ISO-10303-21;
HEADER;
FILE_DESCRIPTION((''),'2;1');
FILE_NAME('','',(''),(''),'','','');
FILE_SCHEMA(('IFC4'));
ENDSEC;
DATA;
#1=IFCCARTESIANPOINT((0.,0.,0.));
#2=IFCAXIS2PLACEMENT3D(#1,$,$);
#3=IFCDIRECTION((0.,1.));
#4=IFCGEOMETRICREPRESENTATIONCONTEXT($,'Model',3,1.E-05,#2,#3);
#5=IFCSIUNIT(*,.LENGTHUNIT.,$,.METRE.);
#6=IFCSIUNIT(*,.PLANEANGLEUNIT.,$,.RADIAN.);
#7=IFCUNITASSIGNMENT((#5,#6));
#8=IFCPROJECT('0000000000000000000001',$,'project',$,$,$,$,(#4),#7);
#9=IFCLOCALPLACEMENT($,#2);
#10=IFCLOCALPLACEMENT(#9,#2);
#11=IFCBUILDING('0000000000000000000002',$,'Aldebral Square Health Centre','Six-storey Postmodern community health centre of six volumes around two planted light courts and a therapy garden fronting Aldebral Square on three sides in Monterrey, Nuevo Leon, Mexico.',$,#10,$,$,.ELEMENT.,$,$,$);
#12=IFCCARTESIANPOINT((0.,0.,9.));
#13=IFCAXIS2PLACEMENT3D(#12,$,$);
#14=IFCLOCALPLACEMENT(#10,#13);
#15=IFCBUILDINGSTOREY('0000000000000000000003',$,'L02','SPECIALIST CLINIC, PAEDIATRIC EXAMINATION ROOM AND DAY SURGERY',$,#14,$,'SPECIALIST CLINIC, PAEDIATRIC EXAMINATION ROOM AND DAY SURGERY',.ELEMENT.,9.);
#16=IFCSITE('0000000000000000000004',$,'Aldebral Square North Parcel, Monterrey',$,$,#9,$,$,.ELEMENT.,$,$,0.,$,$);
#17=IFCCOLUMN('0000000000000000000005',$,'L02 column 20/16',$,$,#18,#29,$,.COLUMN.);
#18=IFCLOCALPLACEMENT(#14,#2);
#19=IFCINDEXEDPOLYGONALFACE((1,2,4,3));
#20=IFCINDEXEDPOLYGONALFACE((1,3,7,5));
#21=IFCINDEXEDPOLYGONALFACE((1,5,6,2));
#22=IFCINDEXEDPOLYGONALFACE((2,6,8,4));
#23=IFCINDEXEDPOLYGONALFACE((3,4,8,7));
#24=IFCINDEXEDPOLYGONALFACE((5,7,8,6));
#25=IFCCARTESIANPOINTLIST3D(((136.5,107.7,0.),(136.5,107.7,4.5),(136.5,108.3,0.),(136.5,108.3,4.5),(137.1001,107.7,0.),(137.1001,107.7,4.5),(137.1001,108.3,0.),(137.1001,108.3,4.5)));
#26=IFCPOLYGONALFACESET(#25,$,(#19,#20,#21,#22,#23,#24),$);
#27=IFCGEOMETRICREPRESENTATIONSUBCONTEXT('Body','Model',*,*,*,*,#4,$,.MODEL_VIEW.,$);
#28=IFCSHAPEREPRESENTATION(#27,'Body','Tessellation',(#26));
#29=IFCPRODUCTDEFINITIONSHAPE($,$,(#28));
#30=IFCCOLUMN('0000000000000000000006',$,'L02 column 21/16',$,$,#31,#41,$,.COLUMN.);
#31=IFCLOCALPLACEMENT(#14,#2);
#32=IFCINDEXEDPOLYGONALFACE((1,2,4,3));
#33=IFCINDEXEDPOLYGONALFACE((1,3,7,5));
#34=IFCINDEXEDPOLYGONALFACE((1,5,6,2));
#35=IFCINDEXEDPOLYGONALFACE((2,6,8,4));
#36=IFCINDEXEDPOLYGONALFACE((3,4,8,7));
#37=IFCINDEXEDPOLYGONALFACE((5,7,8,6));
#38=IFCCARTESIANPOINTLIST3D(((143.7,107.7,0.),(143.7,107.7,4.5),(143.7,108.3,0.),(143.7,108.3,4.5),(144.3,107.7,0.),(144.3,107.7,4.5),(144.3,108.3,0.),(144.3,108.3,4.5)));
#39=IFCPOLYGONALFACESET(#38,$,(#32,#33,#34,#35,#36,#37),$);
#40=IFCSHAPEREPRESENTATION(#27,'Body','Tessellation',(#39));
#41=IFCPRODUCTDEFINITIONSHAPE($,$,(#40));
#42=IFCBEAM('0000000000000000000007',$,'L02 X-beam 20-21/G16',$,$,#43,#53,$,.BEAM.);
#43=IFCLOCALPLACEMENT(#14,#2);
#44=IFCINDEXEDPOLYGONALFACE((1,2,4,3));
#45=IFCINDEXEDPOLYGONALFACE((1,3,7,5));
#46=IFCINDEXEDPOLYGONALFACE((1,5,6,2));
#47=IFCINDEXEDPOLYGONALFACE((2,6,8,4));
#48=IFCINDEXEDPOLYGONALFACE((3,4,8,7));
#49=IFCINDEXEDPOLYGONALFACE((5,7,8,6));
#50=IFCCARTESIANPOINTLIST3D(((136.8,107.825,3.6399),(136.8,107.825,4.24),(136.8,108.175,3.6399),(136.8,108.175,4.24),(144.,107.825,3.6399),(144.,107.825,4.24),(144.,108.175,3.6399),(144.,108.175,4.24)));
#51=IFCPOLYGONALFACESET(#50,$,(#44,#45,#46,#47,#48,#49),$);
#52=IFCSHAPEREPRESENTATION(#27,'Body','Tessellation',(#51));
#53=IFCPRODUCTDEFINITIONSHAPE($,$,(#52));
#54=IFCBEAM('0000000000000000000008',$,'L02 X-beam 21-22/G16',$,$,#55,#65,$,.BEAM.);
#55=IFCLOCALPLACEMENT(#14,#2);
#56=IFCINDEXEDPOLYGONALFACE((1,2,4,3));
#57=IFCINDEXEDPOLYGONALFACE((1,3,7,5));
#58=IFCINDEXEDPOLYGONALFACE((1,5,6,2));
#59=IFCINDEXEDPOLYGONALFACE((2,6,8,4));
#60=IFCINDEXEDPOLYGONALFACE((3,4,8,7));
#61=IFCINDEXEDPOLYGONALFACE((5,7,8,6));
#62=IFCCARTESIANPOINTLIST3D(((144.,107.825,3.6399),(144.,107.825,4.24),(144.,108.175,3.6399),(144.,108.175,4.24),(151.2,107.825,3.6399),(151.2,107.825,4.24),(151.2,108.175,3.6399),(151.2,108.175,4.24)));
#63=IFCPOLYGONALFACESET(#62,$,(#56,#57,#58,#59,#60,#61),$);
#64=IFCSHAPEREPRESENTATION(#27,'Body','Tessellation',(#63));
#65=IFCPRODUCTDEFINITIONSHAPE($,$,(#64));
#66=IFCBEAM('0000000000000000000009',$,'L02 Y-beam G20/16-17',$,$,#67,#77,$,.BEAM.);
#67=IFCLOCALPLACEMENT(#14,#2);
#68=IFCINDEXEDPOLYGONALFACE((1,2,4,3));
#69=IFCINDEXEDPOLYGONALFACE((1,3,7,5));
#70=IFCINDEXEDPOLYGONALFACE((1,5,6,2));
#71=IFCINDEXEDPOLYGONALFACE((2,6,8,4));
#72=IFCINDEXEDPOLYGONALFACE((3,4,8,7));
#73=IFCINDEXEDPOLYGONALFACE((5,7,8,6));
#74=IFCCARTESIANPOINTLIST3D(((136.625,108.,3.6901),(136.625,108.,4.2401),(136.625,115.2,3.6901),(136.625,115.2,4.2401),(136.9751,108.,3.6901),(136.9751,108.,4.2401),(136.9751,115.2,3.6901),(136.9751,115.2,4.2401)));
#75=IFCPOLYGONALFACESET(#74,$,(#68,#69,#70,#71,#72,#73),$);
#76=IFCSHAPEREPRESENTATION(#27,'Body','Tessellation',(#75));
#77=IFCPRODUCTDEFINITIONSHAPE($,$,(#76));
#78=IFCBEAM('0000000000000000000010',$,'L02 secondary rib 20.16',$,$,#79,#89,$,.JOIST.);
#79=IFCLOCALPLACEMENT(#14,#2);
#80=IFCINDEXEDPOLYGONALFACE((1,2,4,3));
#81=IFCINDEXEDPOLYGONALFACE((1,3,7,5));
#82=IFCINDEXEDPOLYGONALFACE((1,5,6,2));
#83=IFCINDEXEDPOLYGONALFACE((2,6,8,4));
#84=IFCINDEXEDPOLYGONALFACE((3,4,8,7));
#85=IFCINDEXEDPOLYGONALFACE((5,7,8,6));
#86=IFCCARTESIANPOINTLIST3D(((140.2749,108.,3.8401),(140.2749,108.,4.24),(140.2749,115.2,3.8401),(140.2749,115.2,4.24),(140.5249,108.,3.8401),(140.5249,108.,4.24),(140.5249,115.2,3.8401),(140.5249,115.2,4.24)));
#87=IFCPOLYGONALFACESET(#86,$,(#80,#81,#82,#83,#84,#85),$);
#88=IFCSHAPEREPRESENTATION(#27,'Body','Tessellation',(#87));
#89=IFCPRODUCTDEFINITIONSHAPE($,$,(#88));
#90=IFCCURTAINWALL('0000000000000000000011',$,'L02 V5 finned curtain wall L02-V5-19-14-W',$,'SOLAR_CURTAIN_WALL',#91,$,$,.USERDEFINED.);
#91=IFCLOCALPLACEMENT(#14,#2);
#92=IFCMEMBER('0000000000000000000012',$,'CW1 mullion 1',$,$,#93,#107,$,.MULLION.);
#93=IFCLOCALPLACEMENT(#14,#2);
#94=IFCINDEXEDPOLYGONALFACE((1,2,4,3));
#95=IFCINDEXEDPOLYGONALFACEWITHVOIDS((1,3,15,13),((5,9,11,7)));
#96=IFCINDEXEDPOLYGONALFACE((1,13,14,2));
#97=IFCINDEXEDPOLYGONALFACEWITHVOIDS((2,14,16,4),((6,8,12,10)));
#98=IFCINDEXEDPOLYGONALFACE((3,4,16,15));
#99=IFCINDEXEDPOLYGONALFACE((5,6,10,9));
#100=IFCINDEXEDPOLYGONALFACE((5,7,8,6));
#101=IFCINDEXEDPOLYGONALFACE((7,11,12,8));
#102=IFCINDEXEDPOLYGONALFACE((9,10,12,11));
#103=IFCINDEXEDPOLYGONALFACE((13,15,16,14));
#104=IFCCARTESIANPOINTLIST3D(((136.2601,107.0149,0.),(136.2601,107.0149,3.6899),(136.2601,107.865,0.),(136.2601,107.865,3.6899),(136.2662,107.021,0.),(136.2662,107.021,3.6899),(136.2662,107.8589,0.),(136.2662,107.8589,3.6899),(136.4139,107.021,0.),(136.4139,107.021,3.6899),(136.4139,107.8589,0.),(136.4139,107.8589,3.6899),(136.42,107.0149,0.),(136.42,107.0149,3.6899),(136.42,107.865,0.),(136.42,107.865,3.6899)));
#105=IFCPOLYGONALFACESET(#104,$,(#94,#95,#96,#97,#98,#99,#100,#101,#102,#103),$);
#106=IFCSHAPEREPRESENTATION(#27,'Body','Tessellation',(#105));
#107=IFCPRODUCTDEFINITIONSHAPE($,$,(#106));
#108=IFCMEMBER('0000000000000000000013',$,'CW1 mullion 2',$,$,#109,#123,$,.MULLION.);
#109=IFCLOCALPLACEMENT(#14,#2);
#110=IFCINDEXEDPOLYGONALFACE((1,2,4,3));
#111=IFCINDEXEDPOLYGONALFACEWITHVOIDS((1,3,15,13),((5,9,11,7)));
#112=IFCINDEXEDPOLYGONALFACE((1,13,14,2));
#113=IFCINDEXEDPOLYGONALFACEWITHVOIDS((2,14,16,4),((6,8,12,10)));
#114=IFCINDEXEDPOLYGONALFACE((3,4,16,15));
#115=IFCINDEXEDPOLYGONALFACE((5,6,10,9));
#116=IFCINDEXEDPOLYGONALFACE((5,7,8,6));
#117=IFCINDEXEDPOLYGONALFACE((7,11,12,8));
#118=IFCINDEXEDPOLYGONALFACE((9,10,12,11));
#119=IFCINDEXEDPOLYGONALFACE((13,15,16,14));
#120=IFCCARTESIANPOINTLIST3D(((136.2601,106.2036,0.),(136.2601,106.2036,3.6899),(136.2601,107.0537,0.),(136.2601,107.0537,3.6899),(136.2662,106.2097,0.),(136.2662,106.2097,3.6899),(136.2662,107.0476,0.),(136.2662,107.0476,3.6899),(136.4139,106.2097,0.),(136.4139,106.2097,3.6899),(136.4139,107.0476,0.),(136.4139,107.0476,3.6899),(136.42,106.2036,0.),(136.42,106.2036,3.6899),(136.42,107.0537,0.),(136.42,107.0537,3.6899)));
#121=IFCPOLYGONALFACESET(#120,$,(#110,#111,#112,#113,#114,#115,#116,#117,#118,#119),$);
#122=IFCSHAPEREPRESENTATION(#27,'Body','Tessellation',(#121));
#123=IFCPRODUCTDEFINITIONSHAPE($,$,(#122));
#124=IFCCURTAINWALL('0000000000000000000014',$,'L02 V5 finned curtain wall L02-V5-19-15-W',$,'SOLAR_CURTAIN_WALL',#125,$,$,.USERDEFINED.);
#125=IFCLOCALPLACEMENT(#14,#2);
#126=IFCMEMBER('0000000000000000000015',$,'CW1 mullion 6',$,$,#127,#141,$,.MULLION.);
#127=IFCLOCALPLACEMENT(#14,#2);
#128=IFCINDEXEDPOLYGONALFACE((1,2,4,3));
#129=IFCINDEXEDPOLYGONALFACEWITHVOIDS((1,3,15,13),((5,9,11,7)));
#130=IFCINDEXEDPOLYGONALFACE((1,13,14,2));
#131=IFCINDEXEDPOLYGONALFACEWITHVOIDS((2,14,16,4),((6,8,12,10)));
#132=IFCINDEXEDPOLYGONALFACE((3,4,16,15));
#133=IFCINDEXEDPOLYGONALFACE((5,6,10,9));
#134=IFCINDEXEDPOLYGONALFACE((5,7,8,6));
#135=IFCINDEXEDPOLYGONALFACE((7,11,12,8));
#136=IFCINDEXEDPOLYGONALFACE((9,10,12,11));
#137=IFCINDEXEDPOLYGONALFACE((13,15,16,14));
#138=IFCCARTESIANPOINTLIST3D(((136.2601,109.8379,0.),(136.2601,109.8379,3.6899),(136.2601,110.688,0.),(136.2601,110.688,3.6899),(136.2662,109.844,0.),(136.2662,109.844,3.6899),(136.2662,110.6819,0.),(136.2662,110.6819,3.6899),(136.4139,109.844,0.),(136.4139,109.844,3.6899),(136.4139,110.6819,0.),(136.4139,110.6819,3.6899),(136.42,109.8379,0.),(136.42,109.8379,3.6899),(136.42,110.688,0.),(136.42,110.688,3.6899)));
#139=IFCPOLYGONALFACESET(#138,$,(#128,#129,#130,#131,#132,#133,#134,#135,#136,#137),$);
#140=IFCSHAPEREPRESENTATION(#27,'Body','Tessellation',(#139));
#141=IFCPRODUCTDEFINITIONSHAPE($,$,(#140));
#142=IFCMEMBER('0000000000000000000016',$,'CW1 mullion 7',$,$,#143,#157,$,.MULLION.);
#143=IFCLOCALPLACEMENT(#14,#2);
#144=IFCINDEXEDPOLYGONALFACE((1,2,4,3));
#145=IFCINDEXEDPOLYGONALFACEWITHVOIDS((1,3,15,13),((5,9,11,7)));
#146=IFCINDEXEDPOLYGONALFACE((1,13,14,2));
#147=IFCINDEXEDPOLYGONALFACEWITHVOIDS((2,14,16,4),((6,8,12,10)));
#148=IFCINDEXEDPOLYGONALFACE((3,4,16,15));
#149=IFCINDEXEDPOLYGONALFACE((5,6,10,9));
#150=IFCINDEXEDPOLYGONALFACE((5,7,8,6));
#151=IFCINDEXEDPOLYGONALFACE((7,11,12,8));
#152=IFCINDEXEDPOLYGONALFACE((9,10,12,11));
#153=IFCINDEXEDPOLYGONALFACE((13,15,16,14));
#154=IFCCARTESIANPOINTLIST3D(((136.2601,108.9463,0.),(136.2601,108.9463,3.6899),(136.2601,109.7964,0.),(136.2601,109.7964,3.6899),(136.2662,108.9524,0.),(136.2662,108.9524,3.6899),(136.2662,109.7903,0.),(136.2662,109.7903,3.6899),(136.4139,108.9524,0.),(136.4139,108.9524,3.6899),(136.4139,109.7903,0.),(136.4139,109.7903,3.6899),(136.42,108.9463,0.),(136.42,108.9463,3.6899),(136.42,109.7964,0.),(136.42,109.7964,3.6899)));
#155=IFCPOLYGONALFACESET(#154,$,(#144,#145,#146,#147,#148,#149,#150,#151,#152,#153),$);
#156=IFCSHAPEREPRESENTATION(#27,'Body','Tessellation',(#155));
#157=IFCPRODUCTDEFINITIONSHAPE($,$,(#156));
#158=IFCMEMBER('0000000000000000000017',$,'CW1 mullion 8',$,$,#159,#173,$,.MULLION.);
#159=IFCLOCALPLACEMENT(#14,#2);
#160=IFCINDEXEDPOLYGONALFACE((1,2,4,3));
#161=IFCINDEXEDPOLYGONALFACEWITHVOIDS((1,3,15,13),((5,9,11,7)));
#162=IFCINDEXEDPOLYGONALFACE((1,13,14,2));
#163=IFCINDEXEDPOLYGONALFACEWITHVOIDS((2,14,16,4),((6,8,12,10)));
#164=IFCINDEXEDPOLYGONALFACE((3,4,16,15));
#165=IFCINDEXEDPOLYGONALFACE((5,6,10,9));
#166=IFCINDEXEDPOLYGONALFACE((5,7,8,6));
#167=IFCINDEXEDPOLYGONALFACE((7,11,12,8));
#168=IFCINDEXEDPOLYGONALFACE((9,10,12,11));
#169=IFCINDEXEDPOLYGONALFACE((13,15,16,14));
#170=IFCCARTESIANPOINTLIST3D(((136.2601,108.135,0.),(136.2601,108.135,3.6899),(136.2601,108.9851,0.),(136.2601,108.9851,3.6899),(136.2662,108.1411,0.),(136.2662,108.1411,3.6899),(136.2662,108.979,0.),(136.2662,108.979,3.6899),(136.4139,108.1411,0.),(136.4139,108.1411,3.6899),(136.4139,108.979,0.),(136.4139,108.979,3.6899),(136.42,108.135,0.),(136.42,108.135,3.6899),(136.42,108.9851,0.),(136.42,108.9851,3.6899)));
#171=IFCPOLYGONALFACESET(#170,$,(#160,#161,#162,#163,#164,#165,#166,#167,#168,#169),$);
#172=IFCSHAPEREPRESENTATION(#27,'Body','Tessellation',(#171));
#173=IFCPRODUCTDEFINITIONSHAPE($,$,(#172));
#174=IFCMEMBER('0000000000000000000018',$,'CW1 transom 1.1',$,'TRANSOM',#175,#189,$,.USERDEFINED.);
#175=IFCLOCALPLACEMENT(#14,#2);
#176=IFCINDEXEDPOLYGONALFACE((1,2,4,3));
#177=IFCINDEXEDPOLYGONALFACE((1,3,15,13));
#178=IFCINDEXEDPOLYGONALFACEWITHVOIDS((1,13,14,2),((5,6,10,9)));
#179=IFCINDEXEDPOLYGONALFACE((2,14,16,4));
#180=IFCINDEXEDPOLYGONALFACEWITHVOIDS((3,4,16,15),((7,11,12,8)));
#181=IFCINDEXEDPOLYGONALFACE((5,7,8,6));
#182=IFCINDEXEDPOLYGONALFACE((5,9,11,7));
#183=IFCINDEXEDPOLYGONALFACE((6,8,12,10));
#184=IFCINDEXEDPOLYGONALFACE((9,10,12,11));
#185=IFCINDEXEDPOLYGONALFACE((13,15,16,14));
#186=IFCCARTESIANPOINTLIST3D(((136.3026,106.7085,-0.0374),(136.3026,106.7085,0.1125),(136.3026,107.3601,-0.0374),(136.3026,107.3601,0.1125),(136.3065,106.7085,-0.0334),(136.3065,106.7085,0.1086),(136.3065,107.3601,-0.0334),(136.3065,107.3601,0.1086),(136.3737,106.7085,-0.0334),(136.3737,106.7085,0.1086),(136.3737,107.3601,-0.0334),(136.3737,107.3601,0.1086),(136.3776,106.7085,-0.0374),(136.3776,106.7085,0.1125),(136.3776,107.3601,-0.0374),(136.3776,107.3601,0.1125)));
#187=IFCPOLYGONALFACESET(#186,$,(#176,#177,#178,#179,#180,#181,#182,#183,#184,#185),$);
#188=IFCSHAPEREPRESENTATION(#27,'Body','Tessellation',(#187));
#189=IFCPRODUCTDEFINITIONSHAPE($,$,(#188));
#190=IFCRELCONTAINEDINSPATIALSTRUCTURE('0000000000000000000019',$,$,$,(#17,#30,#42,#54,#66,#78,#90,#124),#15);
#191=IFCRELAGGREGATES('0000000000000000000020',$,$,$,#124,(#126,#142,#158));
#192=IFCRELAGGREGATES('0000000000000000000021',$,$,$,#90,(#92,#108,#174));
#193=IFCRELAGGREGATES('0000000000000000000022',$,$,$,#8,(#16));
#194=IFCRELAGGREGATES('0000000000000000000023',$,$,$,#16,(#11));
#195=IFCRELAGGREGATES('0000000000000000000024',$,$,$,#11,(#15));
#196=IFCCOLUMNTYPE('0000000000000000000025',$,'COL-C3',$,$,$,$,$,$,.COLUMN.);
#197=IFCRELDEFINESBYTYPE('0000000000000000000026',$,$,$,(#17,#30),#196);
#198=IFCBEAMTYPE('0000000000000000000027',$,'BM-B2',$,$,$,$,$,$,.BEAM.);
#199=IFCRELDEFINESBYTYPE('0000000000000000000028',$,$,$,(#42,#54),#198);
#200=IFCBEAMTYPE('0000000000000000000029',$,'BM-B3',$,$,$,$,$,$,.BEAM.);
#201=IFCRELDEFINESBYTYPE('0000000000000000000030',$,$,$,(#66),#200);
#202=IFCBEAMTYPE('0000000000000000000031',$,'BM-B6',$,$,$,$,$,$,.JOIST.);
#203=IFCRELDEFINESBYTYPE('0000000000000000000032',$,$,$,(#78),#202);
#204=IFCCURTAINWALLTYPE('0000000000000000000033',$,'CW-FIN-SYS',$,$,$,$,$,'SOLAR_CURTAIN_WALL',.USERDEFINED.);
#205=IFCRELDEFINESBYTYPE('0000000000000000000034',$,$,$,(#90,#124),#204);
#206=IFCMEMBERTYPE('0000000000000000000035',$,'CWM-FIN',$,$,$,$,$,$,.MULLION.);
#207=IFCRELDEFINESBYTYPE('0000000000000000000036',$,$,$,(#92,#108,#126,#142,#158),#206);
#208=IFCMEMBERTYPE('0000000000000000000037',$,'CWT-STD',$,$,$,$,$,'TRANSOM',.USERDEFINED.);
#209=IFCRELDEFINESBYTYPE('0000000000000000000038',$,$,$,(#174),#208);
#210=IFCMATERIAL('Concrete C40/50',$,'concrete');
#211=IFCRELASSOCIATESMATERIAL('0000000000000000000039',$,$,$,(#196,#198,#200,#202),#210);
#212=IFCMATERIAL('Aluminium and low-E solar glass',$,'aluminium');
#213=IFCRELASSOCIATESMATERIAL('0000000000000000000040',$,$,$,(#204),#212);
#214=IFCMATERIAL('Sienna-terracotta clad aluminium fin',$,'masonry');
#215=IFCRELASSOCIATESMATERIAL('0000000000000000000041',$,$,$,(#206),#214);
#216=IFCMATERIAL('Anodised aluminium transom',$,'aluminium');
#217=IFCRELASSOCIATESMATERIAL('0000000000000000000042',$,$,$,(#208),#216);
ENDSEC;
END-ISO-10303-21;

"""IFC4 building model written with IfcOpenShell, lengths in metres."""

from ifc_helpers import new_model, si_unit, direction, frame, origin, origin_2d, place, context, subcontext, project, spatial, rectangle, hollow_rectangle, extrude, material, material_profile, profile_set, type_object, element, aggregate, save


model = new_model("IFC4")

# Units and contexts
model_context = context("Model", 3, precision=1e-05, world=origin(), true_north=direction((0.0, 1.0)))
body_context = subcontext(model_context, "Body", "Model", "MODEL_VIEW")
ifc_project = project(units=[si_unit("LENGTHUNIT", "METRE"), si_unit("PLANEANGLEUNIT", "RADIAN")], contexts=[model_context])

# Site, building, storey
site_placement = place(None, origin())
site = spatial("IfcSite", under=ifc_project, at=site_placement, Name="Aldebral Square North Parcel, Monterrey", CompositionType="ELEMENT", RefElevation=0.0)
building_placement = place(site_placement, origin())
building = spatial("IfcBuilding", under=site, at=building_placement, Name="Aldebral Square Health Centre", Description="Six-storey Postmodern community health centre of six volumes around two planted light courts and a therapy garden fronting Aldebral Square on three sides in Monterrey, Nuevo Leon, Mexico.", CompositionType="ELEMENT")
storey_placement = place(building_placement, frame((0.0, 0.0, 9.0)))
storey = spatial("IfcBuildingStorey", under=building, at=storey_placement, Name="L02", Description="SPECIALIST CLINIC, PAEDIATRIC EXAMINATION ROOM AND DAY SURGERY", LongName="SPECIALIST CLINIC, PAEDIATRIC EXAMINATION ROOM AND DAY SURGERY", CompositionType="ELEMENT", Elevation=9.0)

# Columns
ifc_material_1 = material(Name="Concrete C40/50", Category="concrete")
ifc_material_profile_1 = material_profile(ifc_material_1, rectangle(XDim=0.6001, YDim=0.6001, at=origin_2d()), Name="RC 600x600")
ifc_profile_set_1 = profile_set([ifc_material_profile_1], Name="Concrete C40/50")
column_type = type_object("IfcColumnType", Name="COL-C3", PredefinedType="COLUMN", material=ifc_profile_set_1)
for number, where, z_axis, x_axis, name in (
    (1, (136.8, 108.0, 0.0), (0.0, 0.0, 1.0), (1.0, 0.0, 0.0), "L02 column 20/16"),
    (2, (144.0, 108.0, 0.0), (0.0, 0.0, 1.0), (1.0, 0.0, 0.0), "L02 column 21/16"),
):
    element("IfcColumn", number, at=place(storey_placement, frame(where, z_axis=z_axis, x_axis=x_axis)), inside=storey, type_object=column_type, Name=name, PredefinedType="COLUMN", context=body_context, shape_type="SweptSolid", body=[
        extrude(rectangle(XDim=0.6001, YDim=0.6001, at=origin_2d()), origin(), (0.0, 0.0, 1.0), 4.5),
    ])

# Beams
ifc_material_profile_2 = material_profile(ifc_material_1, rectangle(XDim=0.3501, YDim=0.6001, at=origin_2d()), Name="RC 350x600")
ifc_profile_set_2 = profile_set([ifc_material_profile_2], Name="Concrete C40/50")
beam_type_1 = type_object("IfcBeamType", Name="BM-B2", PredefinedType="BEAM", material=ifc_profile_set_2)
for number, where, z_axis, x_axis, name in (
    (3, (136.8, 108.0, 3.9399), (1.0, 0.0, 0.0), (0.0, 1.0, 0.0), "L02 X-beam 20-21/G16"),
    (4, (144.0, 108.0, 3.9399), (1.0, 0.0, 0.0), (0.0, 1.0, 0.0), "L02 X-beam 21-22/G16"),
):
    element("IfcBeam", number, at=place(storey_placement, frame(where, z_axis=z_axis, x_axis=x_axis)), inside=storey, type_object=beam_type_1, Name=name, PredefinedType="BEAM", context=body_context, shape_type="SweptSolid", body=[
        extrude(rectangle(XDim=0.3501, YDim=0.6001, at=origin_2d()), origin(), (0.0, 0.0, 1.0), 7.2),
    ])
ifc_material_profile_3 = material_profile(ifc_material_1, rectangle(XDim=0.3501, YDim=0.55, at=origin_2d()), Name="RC 350x550")
ifc_profile_set_3 = profile_set([ifc_material_profile_3], Name="Concrete C40/50")
beam_type_2 = type_object("IfcBeamType", Name="BM-B3", PredefinedType="BEAM", material=ifc_profile_set_3)
beam_1_placement = place(storey_placement, frame((136.8, 108.0, 3.9651), z_axis=(0.0, 1.0, 0.0), x_axis=(-1.0, 0.0, 0.0)))
element("IfcBeam", 5, at=beam_1_placement, inside=storey, type_object=beam_type_2, Name="L02 Y-beam G20/16-17", PredefinedType="BEAM", context=body_context, shape_type="SweptSolid", body=[
    extrude(rectangle(XDim=0.3501, YDim=0.55, at=origin_2d()), origin(), (0.0, 0.0, 1.0), 7.2),
])
ifc_material_profile_4 = material_profile(ifc_material_1, rectangle(XDim=0.25, YDim=0.3999, at=origin_2d()), Name="RC 250x400")
ifc_profile_set_4 = profile_set([ifc_material_profile_4], Name="Concrete C40/50")
beam_type_3 = type_object("IfcBeamType", Name="BM-B6", PredefinedType="JOIST", material=ifc_profile_set_4)
beam_2_placement = place(storey_placement, frame((140.3999, 108.0, 4.04), z_axis=(0.0, 1.0, 0.0), x_axis=(-1.0, 0.0, 0.0)))
element("IfcBeam", 6, at=beam_2_placement, inside=storey, type_object=beam_type_3, Name="L02 secondary rib 20.16", PredefinedType="JOIST", context=body_context, shape_type="SweptSolid", body=[
    extrude(rectangle(XDim=0.25, YDim=0.3999, at=origin_2d()), origin(), (0.0, 0.0, 1.0), 7.2),
])

# Curtain walls, members
ifc_material_2 = material(Name="Aluminium and low-E solar glass", Category="aluminium")
curtain_wall_type = type_object("IfcCurtainWallType", Name="CW-FIN-SYS", ElementType="SOLAR_CURTAIN_WALL", PredefinedType="USERDEFINED", material=ifc_material_2)
curtain_wall_1_placement = place(storey_placement, origin())
curtain_wall_1 = element("IfcCurtainWall", 7, at=curtain_wall_1_placement, inside=storey, type_object=curtain_wall_type, Name="L02 V5 finned curtain wall L02-V5-19-14-W", ObjectType="SOLAR_CURTAIN_WALL", PredefinedType="USERDEFINED")
ifc_material_3 = material(Name="Sienna-terracotta clad aluminium fin", Category="masonry")
ifc_material_profile_5 = material_profile(ifc_material_3, hollow_rectangle(XDim=0.1599, YDim=0.8501, WallThickness=0.0061, at=origin_2d()), Name="FIN 160x850x6")
ifc_profile_set_5 = profile_set([ifc_material_profile_5], Name="Sienna-terracotta clad aluminium fin")
member_type_1 = type_object("IfcMemberType", Name="CWM-FIN", PredefinedType="MULLION", material=ifc_profile_set_5)
member_1_placement = place(storey_placement, frame((136.3401, 107.4399, 0.0), z_axis=(0.0, 0.0, 1.0), x_axis=(1.0, 0.0, 0.0)))
member_1 = element("IfcMember", 8, at=member_1_placement, type_object=member_type_1, Name="CW1 mullion 1", PredefinedType="MULLION", context=body_context, shape_type="SweptSolid", body=[
    extrude(hollow_rectangle(XDim=0.1599, YDim=0.8501, WallThickness=0.0061, at=origin_2d()), origin(), (0.0, 0.0, 1.0), 3.6899),
])
member_2_placement = place(storey_placement, frame((136.3401, 106.6287, 0.0), z_axis=(0.0, 0.0, 1.0), x_axis=(1.0, 0.0, 0.0)))
member_2 = element("IfcMember", 9, at=member_2_placement, type_object=member_type_1, Name="CW1 mullion 2", PredefinedType="MULLION", context=body_context, shape_type="SweptSolid", body=[
    extrude(hollow_rectangle(XDim=0.1599, YDim=0.8501, WallThickness=0.0061, at=origin_2d()), origin(), (0.0, 0.0, 1.0), 3.6899),
])
curtain_wall_2_placement = place(storey_placement, origin())
curtain_wall_2 = element("IfcCurtainWall", 10, at=curtain_wall_2_placement, inside=storey, type_object=curtain_wall_type, Name="L02 V5 finned curtain wall L02-V5-19-15-W", ObjectType="SOLAR_CURTAIN_WALL", PredefinedType="USERDEFINED")
member_3_placement = place(storey_placement, frame((136.3401, 110.2629, 0.0), z_axis=(0.0, 0.0, 1.0), x_axis=(1.0, 0.0, 0.0)))
member_3 = element("IfcMember", 11, at=member_3_placement, type_object=member_type_1, Name="CW1 mullion 6", PredefinedType="MULLION", context=body_context, shape_type="SweptSolid", body=[
    extrude(hollow_rectangle(XDim=0.1599, YDim=0.8501, WallThickness=0.0061, at=origin_2d()), origin(), (0.0, 0.0, 1.0), 3.6899),
])
member_4_placement = place(storey_placement, frame((136.3401, 109.3713, 0.0), z_axis=(0.0, 0.0, 1.0), x_axis=(1.0, 0.0, 0.0)))
member_4 = element("IfcMember", 12, at=member_4_placement, type_object=member_type_1, Name="CW1 mullion 7", PredefinedType="MULLION", context=body_context, shape_type="SweptSolid", body=[
    extrude(hollow_rectangle(XDim=0.1599, YDim=0.8501, WallThickness=0.0061, at=origin_2d()), origin(), (0.0, 0.0, 1.0), 3.6899),
])
member_5_placement = place(storey_placement, frame((136.3401, 108.5601, 0.0), z_axis=(0.0, 0.0, 1.0), x_axis=(1.0, 0.0, 0.0)))
member_5 = element("IfcMember", 13, at=member_5_placement, type_object=member_type_1, Name="CW1 mullion 8", PredefinedType="MULLION", context=body_context, shape_type="SweptSolid", body=[
    extrude(hollow_rectangle(XDim=0.1599, YDim=0.8501, WallThickness=0.0061, at=origin_2d()), origin(), (0.0, 0.0, 1.0), 3.6899),
])

# Member
ifc_material_4 = material(Name="Anodised aluminium transom", Category="aluminium")
ifc_material_profile_6 = material_profile(ifc_material_4, hollow_rectangle(XDim=0.075, YDim=0.1499, WallThickness=0.0039, at=origin_2d()), Name="CWT 75x150x4")
ifc_profile_set_6 = profile_set([ifc_material_profile_6], Name="Anodised aluminium transom")
member_type_2 = type_object("IfcMemberType", Name="CWT-STD", ElementType="TRANSOM", PredefinedType="USERDEFINED", material=ifc_profile_set_6)
member_6_placement = place(storey_placement, frame((136.3401, 107.3601, 0.0376), z_axis=(0.0, -1.0, 0.0), x_axis=(1.0, 0.0, 0.0)))
member_6 = element("IfcMember", 14, at=member_6_placement, type_object=member_type_2, Name="CW1 transom 1.1", ObjectType="TRANSOM", PredefinedType="USERDEFINED", context=body_context, shape_type="SweptSolid", body=[
    extrude(hollow_rectangle(XDim=0.075, YDim=0.1499, WallThickness=0.0039, at=origin_2d()), origin(), (0.0, 0.0, 1.0), 0.6516),
])

aggregate(curtain_wall_2, [member_3, member_4, member_5])
aggregate(curtain_wall_1, [member_1, member_2, member_6])

save(model, "model.ifc")
